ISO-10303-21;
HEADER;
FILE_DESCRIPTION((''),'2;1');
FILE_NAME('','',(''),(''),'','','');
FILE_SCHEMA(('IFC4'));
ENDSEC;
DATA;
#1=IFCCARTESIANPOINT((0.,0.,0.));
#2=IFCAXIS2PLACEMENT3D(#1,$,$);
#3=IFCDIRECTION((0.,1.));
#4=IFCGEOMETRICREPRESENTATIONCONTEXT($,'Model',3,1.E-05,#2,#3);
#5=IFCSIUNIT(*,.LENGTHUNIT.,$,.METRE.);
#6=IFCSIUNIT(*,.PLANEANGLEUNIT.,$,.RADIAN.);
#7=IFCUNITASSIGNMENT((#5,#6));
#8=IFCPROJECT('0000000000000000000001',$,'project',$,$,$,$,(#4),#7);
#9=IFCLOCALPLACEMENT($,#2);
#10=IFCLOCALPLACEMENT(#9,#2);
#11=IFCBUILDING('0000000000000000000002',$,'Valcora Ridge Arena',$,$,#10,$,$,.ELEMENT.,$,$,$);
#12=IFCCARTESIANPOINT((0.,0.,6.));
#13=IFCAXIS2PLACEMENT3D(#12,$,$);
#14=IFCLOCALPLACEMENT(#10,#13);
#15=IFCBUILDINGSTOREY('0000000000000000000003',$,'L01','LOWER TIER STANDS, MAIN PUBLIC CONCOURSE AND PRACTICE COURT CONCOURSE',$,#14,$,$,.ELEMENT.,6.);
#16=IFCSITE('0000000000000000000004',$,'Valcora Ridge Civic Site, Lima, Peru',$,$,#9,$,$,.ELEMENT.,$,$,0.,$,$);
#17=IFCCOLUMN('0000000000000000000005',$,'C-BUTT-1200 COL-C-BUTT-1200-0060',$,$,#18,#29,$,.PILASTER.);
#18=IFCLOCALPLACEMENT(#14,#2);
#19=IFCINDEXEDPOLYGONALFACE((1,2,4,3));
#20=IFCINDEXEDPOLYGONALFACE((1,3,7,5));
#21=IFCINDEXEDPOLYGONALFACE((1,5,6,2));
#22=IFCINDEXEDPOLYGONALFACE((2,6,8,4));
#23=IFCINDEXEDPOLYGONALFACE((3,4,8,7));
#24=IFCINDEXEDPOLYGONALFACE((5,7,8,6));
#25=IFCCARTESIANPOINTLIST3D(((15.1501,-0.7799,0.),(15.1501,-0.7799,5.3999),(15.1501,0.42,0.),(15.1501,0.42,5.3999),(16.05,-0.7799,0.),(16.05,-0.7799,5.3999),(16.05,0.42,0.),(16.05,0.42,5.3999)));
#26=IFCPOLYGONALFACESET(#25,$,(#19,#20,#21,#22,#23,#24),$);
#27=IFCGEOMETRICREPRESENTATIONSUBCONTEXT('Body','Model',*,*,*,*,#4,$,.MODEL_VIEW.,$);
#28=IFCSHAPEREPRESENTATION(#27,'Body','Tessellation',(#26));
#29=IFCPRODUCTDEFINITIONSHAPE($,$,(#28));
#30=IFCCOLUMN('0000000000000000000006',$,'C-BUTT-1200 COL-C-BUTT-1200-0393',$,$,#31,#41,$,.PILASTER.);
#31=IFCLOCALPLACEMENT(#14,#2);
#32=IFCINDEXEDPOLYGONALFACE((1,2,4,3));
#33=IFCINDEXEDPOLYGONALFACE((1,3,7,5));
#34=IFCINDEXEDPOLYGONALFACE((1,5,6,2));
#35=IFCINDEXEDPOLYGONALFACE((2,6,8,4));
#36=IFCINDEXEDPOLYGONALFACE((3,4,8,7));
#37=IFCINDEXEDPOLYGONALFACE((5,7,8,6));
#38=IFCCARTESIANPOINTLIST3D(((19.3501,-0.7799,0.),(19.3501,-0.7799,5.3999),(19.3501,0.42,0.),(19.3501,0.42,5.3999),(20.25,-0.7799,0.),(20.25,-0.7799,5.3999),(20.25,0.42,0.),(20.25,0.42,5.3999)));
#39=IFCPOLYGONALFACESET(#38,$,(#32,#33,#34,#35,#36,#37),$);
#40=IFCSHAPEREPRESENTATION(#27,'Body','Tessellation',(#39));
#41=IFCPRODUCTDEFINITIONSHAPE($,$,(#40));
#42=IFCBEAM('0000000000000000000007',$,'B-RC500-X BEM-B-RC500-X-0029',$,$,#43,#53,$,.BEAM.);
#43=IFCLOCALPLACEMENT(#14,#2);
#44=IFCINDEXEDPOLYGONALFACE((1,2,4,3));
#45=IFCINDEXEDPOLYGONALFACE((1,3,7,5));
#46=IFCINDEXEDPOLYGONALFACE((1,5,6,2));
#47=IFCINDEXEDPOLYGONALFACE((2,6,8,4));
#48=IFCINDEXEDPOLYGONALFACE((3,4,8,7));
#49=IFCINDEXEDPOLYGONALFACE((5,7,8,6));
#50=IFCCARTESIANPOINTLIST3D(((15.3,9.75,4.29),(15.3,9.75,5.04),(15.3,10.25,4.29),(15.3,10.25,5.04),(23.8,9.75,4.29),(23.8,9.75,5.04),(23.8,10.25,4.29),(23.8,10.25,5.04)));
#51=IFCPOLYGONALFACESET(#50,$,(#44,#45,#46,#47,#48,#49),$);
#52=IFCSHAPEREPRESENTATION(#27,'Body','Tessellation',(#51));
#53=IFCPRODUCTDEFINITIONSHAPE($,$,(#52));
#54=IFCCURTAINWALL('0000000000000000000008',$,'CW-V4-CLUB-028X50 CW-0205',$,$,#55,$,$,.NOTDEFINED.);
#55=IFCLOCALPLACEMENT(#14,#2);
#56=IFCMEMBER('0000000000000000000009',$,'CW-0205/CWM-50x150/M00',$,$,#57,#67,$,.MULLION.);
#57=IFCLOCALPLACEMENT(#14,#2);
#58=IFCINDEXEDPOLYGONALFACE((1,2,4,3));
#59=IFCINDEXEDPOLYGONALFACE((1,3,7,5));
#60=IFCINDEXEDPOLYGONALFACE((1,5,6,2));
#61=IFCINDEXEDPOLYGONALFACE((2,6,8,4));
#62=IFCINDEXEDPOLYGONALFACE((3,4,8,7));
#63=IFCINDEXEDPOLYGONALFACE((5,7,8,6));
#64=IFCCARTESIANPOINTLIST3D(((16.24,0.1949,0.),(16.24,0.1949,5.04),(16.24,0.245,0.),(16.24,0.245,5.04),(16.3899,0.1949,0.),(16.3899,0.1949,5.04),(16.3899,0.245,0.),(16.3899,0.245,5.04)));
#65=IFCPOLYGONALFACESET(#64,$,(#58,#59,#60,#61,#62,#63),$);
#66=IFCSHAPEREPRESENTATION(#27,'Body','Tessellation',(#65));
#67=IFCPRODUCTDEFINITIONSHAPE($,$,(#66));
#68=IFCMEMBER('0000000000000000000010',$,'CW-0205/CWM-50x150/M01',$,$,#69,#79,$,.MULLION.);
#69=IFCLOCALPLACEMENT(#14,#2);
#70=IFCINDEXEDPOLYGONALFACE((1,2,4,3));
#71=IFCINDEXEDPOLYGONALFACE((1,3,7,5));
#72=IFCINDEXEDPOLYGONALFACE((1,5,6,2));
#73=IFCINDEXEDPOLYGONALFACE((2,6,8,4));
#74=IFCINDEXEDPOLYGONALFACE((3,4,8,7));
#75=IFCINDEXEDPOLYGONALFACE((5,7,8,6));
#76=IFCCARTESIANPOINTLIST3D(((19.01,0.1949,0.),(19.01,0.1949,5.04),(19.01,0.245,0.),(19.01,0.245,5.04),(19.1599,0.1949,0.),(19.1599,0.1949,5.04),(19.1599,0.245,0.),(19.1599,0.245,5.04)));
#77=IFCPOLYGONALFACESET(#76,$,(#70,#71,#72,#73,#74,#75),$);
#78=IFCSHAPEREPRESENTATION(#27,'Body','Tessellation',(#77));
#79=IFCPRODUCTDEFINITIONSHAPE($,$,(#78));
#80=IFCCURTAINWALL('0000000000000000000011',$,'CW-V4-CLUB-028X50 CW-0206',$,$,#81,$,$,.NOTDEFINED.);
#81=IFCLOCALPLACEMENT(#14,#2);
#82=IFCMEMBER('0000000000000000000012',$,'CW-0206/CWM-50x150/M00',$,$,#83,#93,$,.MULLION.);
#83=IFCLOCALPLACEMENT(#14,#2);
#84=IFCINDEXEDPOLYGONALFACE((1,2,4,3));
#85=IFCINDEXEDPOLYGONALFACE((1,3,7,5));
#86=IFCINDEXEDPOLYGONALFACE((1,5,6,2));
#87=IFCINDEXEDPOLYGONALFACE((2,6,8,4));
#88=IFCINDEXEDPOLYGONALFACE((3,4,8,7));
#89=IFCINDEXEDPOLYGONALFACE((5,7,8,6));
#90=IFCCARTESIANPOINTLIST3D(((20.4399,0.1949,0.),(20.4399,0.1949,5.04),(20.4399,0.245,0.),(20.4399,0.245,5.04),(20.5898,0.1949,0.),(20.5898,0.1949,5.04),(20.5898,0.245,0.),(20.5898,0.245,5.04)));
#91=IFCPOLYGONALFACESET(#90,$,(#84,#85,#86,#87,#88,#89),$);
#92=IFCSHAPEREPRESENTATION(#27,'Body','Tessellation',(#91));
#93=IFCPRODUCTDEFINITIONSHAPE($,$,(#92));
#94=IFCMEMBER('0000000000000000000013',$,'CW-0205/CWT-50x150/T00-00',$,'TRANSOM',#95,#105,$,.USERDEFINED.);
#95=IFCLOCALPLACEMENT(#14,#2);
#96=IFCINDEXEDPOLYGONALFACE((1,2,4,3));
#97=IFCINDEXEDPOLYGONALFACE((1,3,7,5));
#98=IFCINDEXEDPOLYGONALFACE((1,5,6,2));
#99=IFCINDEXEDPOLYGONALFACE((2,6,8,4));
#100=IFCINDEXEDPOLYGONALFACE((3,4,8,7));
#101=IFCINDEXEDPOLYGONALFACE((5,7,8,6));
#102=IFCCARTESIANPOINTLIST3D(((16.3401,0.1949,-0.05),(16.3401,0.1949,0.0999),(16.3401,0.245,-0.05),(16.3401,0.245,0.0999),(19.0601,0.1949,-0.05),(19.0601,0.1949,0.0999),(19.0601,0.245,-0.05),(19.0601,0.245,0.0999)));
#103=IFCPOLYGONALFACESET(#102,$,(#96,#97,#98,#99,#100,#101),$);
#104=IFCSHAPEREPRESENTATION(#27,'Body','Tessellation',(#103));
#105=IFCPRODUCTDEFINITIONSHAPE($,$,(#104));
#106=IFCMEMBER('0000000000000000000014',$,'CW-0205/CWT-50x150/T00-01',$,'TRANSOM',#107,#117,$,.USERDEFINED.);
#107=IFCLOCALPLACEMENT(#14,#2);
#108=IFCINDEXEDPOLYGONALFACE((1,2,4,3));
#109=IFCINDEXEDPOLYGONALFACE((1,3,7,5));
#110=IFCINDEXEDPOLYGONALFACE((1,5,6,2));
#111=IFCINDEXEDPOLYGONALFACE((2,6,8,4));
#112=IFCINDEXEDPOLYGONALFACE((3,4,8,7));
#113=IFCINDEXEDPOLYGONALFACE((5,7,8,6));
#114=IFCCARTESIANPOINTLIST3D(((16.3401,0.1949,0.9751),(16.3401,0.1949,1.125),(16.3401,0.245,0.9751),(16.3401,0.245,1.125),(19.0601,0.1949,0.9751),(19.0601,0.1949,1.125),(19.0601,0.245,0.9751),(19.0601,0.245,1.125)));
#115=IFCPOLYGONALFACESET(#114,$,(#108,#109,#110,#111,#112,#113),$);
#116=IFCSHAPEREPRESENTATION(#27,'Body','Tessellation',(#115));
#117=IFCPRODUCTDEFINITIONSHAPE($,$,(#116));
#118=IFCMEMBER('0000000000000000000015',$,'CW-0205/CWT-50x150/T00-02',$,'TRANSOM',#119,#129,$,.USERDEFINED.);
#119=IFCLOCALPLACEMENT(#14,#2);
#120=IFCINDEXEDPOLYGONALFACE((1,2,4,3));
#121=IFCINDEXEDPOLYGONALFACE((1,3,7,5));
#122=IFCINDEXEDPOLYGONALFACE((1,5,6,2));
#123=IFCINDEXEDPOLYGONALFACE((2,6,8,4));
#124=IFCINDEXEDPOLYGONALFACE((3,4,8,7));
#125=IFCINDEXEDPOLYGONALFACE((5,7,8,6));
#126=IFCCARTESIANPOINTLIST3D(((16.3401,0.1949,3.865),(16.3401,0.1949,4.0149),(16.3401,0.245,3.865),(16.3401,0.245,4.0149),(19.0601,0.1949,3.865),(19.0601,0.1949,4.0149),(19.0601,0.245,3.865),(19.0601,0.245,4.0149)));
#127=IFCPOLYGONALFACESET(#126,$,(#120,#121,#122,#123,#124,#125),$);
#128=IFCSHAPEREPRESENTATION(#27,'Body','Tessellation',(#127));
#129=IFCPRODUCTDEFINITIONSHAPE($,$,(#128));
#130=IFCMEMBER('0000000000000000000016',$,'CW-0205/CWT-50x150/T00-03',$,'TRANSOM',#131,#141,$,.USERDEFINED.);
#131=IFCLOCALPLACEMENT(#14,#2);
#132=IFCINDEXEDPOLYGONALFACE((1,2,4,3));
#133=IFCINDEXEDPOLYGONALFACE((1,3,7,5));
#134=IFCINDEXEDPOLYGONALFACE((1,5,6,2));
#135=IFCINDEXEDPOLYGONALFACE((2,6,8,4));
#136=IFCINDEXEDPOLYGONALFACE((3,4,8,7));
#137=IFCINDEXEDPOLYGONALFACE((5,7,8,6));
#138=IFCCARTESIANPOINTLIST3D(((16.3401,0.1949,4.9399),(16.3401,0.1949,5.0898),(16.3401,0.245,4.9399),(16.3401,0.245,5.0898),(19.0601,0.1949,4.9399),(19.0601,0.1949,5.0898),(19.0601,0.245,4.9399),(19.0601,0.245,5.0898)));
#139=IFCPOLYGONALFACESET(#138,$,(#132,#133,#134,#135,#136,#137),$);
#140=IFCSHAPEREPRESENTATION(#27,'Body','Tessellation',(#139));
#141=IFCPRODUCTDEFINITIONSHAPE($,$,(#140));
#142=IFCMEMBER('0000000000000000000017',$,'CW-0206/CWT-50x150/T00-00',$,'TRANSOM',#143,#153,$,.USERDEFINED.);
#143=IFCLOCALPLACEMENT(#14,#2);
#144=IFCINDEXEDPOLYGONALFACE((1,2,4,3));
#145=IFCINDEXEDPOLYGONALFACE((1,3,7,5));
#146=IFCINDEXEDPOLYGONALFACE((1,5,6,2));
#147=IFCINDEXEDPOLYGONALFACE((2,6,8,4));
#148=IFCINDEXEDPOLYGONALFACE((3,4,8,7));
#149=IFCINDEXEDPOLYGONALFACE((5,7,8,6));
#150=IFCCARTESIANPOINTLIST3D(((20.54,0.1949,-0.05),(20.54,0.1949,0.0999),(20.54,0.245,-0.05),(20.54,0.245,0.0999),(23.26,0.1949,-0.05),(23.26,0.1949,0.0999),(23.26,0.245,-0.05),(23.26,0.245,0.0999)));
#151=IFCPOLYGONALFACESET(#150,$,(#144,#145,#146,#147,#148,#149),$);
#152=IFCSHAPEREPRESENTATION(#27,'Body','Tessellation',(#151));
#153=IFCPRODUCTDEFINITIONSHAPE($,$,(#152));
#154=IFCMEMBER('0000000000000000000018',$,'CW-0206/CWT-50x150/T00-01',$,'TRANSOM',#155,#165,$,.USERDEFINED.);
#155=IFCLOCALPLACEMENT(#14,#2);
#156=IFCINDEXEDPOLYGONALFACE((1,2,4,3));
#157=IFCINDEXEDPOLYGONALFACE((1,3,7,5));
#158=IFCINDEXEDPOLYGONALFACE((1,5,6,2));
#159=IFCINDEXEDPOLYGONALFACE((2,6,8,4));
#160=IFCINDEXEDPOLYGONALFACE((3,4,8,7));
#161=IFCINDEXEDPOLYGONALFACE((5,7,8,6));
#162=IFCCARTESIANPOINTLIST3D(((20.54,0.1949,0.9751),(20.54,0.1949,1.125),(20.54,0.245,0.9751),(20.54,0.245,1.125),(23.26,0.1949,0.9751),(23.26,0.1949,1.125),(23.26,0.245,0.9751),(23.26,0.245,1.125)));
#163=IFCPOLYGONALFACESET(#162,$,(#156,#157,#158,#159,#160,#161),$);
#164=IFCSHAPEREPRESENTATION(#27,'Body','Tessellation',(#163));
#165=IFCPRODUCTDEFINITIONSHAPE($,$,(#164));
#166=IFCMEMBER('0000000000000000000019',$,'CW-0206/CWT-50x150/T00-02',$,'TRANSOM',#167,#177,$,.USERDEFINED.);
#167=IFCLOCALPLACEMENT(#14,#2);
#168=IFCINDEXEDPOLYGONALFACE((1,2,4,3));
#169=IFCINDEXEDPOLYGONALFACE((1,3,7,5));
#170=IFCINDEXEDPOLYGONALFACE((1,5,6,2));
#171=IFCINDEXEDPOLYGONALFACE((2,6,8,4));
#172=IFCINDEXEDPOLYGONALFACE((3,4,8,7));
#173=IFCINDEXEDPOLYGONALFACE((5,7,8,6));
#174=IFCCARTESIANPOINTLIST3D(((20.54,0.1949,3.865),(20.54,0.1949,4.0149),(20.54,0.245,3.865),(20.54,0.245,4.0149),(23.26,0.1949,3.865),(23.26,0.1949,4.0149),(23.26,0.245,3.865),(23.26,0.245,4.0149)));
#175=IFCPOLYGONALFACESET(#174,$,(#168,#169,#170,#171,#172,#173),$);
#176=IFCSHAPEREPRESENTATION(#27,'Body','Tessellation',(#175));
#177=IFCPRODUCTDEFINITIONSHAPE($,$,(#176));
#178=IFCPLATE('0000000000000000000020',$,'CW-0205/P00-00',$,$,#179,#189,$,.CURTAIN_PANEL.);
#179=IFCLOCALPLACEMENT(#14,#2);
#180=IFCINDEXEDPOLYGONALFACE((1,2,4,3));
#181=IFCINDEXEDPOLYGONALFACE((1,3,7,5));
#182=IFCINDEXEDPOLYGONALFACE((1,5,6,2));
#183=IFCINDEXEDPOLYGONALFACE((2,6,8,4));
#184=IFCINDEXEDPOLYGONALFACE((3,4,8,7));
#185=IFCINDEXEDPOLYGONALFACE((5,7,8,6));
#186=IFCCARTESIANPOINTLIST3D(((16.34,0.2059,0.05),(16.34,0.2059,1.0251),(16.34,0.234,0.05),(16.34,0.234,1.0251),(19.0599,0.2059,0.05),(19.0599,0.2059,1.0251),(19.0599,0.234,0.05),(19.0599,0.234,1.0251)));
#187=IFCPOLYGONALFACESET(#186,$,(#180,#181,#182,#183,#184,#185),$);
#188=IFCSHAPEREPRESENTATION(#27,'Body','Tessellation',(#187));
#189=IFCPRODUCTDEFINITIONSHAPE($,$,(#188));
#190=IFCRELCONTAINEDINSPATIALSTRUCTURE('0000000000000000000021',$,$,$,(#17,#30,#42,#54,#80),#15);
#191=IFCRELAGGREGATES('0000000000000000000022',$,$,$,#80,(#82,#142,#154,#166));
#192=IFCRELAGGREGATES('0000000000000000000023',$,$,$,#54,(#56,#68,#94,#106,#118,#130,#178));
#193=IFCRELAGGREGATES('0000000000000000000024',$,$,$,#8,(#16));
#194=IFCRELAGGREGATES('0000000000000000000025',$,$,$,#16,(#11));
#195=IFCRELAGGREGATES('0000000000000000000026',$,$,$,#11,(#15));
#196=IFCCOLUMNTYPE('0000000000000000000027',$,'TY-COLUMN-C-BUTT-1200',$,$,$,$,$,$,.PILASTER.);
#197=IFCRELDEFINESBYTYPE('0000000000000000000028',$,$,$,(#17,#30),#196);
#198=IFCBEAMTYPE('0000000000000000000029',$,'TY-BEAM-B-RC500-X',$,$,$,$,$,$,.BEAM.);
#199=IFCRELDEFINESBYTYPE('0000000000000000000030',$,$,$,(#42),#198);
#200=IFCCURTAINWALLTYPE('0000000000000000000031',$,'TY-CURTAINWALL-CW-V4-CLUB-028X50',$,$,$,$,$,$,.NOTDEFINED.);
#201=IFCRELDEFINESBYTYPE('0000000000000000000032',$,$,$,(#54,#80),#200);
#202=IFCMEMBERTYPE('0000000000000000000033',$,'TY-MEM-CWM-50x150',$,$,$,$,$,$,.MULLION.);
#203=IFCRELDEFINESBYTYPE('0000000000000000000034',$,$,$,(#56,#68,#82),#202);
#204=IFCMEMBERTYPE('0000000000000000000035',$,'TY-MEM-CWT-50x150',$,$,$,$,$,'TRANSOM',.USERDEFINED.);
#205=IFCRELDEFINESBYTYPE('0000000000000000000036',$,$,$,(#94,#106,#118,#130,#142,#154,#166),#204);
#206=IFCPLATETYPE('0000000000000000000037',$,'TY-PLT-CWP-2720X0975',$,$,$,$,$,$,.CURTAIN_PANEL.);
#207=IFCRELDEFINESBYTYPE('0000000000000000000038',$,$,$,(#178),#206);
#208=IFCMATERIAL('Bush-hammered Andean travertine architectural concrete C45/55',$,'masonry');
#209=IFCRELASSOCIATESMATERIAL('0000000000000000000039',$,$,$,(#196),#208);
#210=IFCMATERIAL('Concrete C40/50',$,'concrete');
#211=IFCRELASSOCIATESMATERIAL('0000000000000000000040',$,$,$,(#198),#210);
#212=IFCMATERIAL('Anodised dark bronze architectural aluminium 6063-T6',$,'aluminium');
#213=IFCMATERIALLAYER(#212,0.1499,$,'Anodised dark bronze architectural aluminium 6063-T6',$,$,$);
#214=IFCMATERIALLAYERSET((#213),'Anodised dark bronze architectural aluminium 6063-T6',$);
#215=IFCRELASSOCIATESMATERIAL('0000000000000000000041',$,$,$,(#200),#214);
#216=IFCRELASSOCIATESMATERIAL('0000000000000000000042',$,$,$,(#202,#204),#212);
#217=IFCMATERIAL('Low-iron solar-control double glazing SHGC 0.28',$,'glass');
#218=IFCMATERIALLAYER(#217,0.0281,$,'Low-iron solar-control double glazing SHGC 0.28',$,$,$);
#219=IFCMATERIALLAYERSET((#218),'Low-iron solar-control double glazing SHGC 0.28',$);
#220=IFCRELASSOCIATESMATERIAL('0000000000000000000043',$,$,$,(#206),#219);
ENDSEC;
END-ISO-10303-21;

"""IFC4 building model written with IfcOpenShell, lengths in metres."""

from ifc_helpers import new_model, si_unit, direction, frame, origin, origin_2d, place, context, subcontext, project, spatial, rectangle, extrude, material, layer, layer_set, material_profile, profile_set, type_object, element, aggregate, save


model = new_model("IFC4")

# Units and contexts
model_context = context("Model", 3, precision=1e-05, world=origin(), true_north=direction((0.0, 1.0)))
body_context = subcontext(model_context, "Body", "Model", "MODEL_VIEW")
ifc_project = project(units=[si_unit("LENGTHUNIT", "METRE"), si_unit("PLANEANGLEUNIT", "RADIAN")], contexts=[model_context])

# Site, building, storey
site_placement = place(None, origin())
site = spatial("IfcSite", under=ifc_project, at=site_placement, Name="Valcora Ridge Civic Site, Lima, Peru", CompositionType="ELEMENT", RefElevation=0.0)
building_placement = place(site_placement, origin())
building = spatial("IfcBuilding", under=site, at=building_placement, Name="Valcora Ridge Arena", CompositionType="ELEMENT")
storey_placement = place(building_placement, frame((0.0, 0.0, 6.0)))
storey = spatial("IfcBuildingStorey", under=building, at=storey_placement, Name="L01", Description="LOWER TIER STANDS, MAIN PUBLIC CONCOURSE AND PRACTICE COURT CONCOURSE", CompositionType="ELEMENT", Elevation=6.0)

# Columns
ifc_material_1 = material(Name="Bush-hammered Andean travertine architectural concrete C45/55", Category="masonry")
ifc_material_profile_1 = material_profile(ifc_material_1, rectangle(XDim=0.8999, YDim=1.2, at=origin_2d()), Name="RC 900x1200")
ifc_profile_set_1 = profile_set([ifc_material_profile_1], Name="Bush-hammered Andean travertine architectural concrete C45/55")
column_type = type_object("IfcColumnType", Name="TY-COLUMN-C-BUTT-1200", PredefinedType="PILASTER", material=ifc_profile_set_1)
for number, where, z_axis, x_axis, name in (
    (1, (15.6001, -0.1799, 0.0), (0.0, 0.0, 1.0), (1.0, 0.0, 0.0), "C-BUTT-1200 COL-C-BUTT-1200-0060"),
    (2, (19.8, -0.1799, 0.0), (0.0, 0.0, 1.0), (1.0, 0.0, 0.0), "C-BUTT-1200 COL-C-BUTT-1200-0393"),
):
    element("IfcColumn", number, at=place(storey_placement, frame(where, z_axis=z_axis, x_axis=x_axis)), inside=storey, type_object=column_type, Name=name, PredefinedType="PILASTER", context=body_context, shape_type="SweptSolid", body=[
        extrude(rectangle(XDim=0.8999, YDim=1.2, at=origin_2d()), origin(), (0.0, 0.0, 1.0), 5.3999),
    ])

# Beam
ifc_material_2 = material(Name="Concrete C40/50", Category="concrete")
ifc_material_profile_2 = material_profile(ifc_material_2, rectangle(XDim=0.5, YDim=0.75, at=origin_2d()), Name="RC 500x750")
ifc_profile_set_2 = profile_set([ifc_material_profile_2], Name="Concrete C40/50")
beam_type = type_object("IfcBeamType", Name="TY-BEAM-B-RC500-X", PredefinedType="BEAM", material=ifc_profile_set_2)
beam_placement = place(storey_placement, frame((15.3, 10.0, 4.665), z_axis=(1.0, 0.0, 0.0), x_axis=(0.0, 1.0, 0.0)))
element("IfcBeam", 3, at=beam_placement, inside=storey, type_object=beam_type, Name="B-RC500-X BEM-B-RC500-X-0029", PredefinedType="BEAM", context=body_context, shape_type="SweptSolid", body=[
    extrude(rectangle(XDim=0.5, YDim=0.75, at=origin_2d()), origin(), (0.0, 0.0, 1.0), 8.5),
])

# Curtain wall, members
ifc_material_3 = material(Name="Anodised dark bronze architectural aluminium 6063-T6", Category="aluminium")
ifc_layer_1 = layer(ifc_material_3, 0.1499, Name="Anodised dark bronze architectural aluminium 6063-T6")
ifc_layer_set_1 = layer_set([ifc_layer_1], Name="Anodised dark bronze architectural aluminium 6063-T6")
curtain_wall_type = type_object("IfcCurtainWallType", Name="TY-CURTAINWALL-CW-V4-CLUB-028X50", PredefinedType="NOTDEFINED", material=ifc_layer_set_1)
curtain_wall_1_placement = place(storey_placement, origin())
curtain_wall_1 = element("IfcCurtainWall", 4, at=curtain_wall_1_placement, inside=storey, type_object=curtain_wall_type, Name="CW-V4-CLUB-028X50 CW-0205", PredefinedType="NOTDEFINED")
ifc_material_profile_3 = material_profile(ifc_material_3, rectangle(XDim=0.05, YDim=0.1499, at=origin_2d()), Name="ALU MULLION 50x150")
ifc_profile_set_3 = profile_set([ifc_material_profile_3], Name="Anodised dark bronze architectural aluminium 6063-T6")
member_type_1 = type_object("IfcMemberType", Name="TY-MEM-CWM-50x150", PredefinedType="MULLION", material=ifc_profile_set_3)
member_1_placement = place(storey_placement, frame((16.3149, 0.22, 0.0), z_axis=(0.0, 0.0, 1.0), x_axis=(0.0, 1.0, 0.0)))
member_1 = element("IfcMember", 5, at=member_1_placement, type_object=member_type_1, Name="CW-0205/CWM-50x150/M00", PredefinedType="MULLION", context=body_context, shape_type="SweptSolid", body=[
    extrude(rectangle(XDim=0.05, YDim=0.1499, at=origin_2d()), origin(), (0.0, 0.0, 1.0), 5.04),
])
member_2_placement = place(storey_placement, frame((19.085, 0.22, 0.0), z_axis=(0.0, 0.0, 1.0), x_axis=(0.0, 1.0, 0.0)))
member_2 = element("IfcMember", 6, at=member_2_placement, type_object=member_type_1, Name="CW-0205/CWM-50x150/M01", PredefinedType="MULLION", context=body_context, shape_type="SweptSolid", body=[
    extrude(rectangle(XDim=0.05, YDim=0.1499, at=origin_2d()), origin(), (0.0, 0.0, 1.0), 5.04),
])

# Curtain wall, member
curtain_wall_2_placement = place(storey_placement, origin())
curtain_wall_2 = element("IfcCurtainWall", 7, at=curtain_wall_2_placement, inside=storey, type_object=curtain_wall_type, Name="CW-V4-CLUB-028X50 CW-0206", PredefinedType="NOTDEFINED")
member_3_placement = place(storey_placement, frame((20.5149, 0.22, 0.0), z_axis=(0.0, 0.0, 1.0), x_axis=(0.0, 1.0, 0.0)))
member_3 = element("IfcMember", 8, at=member_3_placement, type_object=member_type_1, Name="CW-0206/CWM-50x150/M00", PredefinedType="MULLION", context=body_context, shape_type="SweptSolid", body=[
    extrude(rectangle(XDim=0.05, YDim=0.1499, at=origin_2d()), origin(), (0.0, 0.0, 1.0), 5.04),
])

# Members
ifc_material_profile_4 = material_profile(ifc_material_3, rectangle(XDim=0.05, YDim=0.1499, at=origin_2d()), Name="ALU TRANSOM 50x150")
ifc_profile_set_4 = profile_set([ifc_material_profile_4], Name="Anodised dark bronze architectural aluminium 6063-T6")
member_type_2 = type_object("IfcMemberType", Name="TY-MEM-CWT-50x150", ElementType="TRANSOM", PredefinedType="USERDEFINED", material=ifc_profile_set_4)
member_4_placement = place(storey_placement, frame((16.3401, 0.22, 0.0249), z_axis=(1.0, 0.0, 0.0), x_axis=(0.0, 1.0, 0.0)))
member_4 = element("IfcMember", 9, at=member_4_placement, type_object=member_type_2, Name="CW-0205/CWT-50x150/T00-00", ObjectType="TRANSOM", PredefinedType="USERDEFINED", context=body_context, shape_type="SweptSolid", body=[
    extrude(rectangle(XDim=0.05, YDim=0.1499, at=origin_2d()), origin(), (0.0, 0.0, 1.0), 2.72),
])
member_5_placement = place(storey_placement, frame((16.3401, 0.22, 1.05), z_axis=(1.0, 0.0, 0.0), x_axis=(0.0, 1.0, 0.0)))
member_5 = element("IfcMember", 10, at=member_5_placement, type_object=member_type_2, Name="CW-0205/CWT-50x150/T00-01", ObjectType="TRANSOM", PredefinedType="USERDEFINED", context=body_context, shape_type="SweptSolid", body=[
    extrude(rectangle(XDim=0.05, YDim=0.1499, at=origin_2d()), origin(), (0.0, 0.0, 1.0), 2.72),
])
member_6_placement = place(storey_placement, frame((16.3401, 0.22, 3.9399), z_axis=(1.0, 0.0, 0.0), x_axis=(0.0, 1.0, 0.0)))
member_6 = element("IfcMember", 11, at=member_6_placement, type_object=member_type_2, Name="CW-0205/CWT-50x150/T00-02", ObjectType="TRANSOM", PredefinedType="USERDEFINED", context=body_context, shape_type="SweptSolid", body=[
    extrude(rectangle(XDim=0.05, YDim=0.1499, at=origin_2d()), origin(), (0.0, 0.0, 1.0), 2.72),
])
member_7_placement = place(storey_placement, frame((16.3401, 0.22, 5.0149), z_axis=(1.0, 0.0, 0.0), x_axis=(0.0, 1.0, 0.0)))
member_7 = element("IfcMember", 12, at=member_7_placement, type_object=member_type_2, Name="CW-0205/CWT-50x150/T00-03", ObjectType="TRANSOM", PredefinedType="USERDEFINED", context=body_context, shape_type="SweptSolid", body=[
    extrude(rectangle(XDim=0.05, YDim=0.1499, at=origin_2d()), origin(), (0.0, 0.0, 1.0), 2.72),
])
member_8_placement = place(storey_placement, frame((20.54, 0.22, 0.0249), z_axis=(1.0, 0.0, 0.0), x_axis=(0.0, 1.0, 0.0)))
member_8 = element("IfcMember", 13, at=member_8_placement, type_object=member_type_2, Name="CW-0206/CWT-50x150/T00-00", ObjectType="TRANSOM", PredefinedType="USERDEFINED", context=body_context, shape_type="SweptSolid", body=[
    extrude(rectangle(XDim=0.05, YDim=0.1499, at=origin_2d()), origin(), (0.0, 0.0, 1.0), 2.72),
])
member_9_placement = place(storey_placement, frame((20.54, 0.22, 1.05), z_axis=(1.0, 0.0, 0.0), x_axis=(0.0, 1.0, 0.0)))
member_9 = element("IfcMember", 14, at=member_9_placement, type_object=member_type_2, Name="CW-0206/CWT-50x150/T00-01", ObjectType="TRANSOM", PredefinedType="USERDEFINED", context=body_context, shape_type="SweptSolid", body=[
    extrude(rectangle(XDim=0.05, YDim=0.1499, at=origin_2d()), origin(), (0.0, 0.0, 1.0), 2.72),
])
member_10_placement = place(storey_placement, frame((20.54, 0.22, 3.9399), z_axis=(1.0, 0.0, 0.0), x_axis=(0.0, 1.0, 0.0)))
member_10 = element("IfcMember", 15, at=member_10_placement, type_object=member_type_2, Name="CW-0206/CWT-50x150/T00-02", ObjectType="TRANSOM", PredefinedType="USERDEFINED", context=body_context, shape_type="SweptSolid", body=[
    extrude(rectangle(XDim=0.05, YDim=0.1499, at=origin_2d()), origin(), (0.0, 0.0, 1.0), 2.72),
])
aggregate(curtain_wall_2, [member_3, member_8, member_9, member_10])

# Plate
ifc_material_4 = material(Name="Low-iron solar-control double glazing SHGC 0.28", Category="glass")
ifc_layer_2 = layer(ifc_material_4, 0.0281, Name="Low-iron solar-control double glazing SHGC 0.28")
ifc_layer_set_2 = layer_set([ifc_layer_2], Name="Low-iron solar-control double glazing SHGC 0.28")
plate_type_1 = type_object("IfcPlateType", Name="TY-PLT-CWP-2720X0975", PredefinedType="CURTAIN_PANEL", material=ifc_layer_set_2)
plate_1_placement = place(storey_placement, frame((17.7, 0.22, 0.05), z_axis=(0.0, 0.0, 1.0), x_axis=(1.0, 0.0, 0.0)))
plate_1 = element("IfcPlate", 16, at=plate_1_placement, type_object=plate_type_1, Name="CW-0205/P00-00", PredefinedType="CURTAIN_PANEL", context=body_context, shape_type="SweptSolid", body=[
    extrude(rectangle(XDim=2.72, YDim=0.0281, at=origin_2d()), origin(), (0.0, 0.0, 1.0), 0.9751),
])
aggregate(curtain_wall_1, [member_1, member_2, member_4, member_5, member_6, member_7, plate_1])

save(model, "model.ifc")
